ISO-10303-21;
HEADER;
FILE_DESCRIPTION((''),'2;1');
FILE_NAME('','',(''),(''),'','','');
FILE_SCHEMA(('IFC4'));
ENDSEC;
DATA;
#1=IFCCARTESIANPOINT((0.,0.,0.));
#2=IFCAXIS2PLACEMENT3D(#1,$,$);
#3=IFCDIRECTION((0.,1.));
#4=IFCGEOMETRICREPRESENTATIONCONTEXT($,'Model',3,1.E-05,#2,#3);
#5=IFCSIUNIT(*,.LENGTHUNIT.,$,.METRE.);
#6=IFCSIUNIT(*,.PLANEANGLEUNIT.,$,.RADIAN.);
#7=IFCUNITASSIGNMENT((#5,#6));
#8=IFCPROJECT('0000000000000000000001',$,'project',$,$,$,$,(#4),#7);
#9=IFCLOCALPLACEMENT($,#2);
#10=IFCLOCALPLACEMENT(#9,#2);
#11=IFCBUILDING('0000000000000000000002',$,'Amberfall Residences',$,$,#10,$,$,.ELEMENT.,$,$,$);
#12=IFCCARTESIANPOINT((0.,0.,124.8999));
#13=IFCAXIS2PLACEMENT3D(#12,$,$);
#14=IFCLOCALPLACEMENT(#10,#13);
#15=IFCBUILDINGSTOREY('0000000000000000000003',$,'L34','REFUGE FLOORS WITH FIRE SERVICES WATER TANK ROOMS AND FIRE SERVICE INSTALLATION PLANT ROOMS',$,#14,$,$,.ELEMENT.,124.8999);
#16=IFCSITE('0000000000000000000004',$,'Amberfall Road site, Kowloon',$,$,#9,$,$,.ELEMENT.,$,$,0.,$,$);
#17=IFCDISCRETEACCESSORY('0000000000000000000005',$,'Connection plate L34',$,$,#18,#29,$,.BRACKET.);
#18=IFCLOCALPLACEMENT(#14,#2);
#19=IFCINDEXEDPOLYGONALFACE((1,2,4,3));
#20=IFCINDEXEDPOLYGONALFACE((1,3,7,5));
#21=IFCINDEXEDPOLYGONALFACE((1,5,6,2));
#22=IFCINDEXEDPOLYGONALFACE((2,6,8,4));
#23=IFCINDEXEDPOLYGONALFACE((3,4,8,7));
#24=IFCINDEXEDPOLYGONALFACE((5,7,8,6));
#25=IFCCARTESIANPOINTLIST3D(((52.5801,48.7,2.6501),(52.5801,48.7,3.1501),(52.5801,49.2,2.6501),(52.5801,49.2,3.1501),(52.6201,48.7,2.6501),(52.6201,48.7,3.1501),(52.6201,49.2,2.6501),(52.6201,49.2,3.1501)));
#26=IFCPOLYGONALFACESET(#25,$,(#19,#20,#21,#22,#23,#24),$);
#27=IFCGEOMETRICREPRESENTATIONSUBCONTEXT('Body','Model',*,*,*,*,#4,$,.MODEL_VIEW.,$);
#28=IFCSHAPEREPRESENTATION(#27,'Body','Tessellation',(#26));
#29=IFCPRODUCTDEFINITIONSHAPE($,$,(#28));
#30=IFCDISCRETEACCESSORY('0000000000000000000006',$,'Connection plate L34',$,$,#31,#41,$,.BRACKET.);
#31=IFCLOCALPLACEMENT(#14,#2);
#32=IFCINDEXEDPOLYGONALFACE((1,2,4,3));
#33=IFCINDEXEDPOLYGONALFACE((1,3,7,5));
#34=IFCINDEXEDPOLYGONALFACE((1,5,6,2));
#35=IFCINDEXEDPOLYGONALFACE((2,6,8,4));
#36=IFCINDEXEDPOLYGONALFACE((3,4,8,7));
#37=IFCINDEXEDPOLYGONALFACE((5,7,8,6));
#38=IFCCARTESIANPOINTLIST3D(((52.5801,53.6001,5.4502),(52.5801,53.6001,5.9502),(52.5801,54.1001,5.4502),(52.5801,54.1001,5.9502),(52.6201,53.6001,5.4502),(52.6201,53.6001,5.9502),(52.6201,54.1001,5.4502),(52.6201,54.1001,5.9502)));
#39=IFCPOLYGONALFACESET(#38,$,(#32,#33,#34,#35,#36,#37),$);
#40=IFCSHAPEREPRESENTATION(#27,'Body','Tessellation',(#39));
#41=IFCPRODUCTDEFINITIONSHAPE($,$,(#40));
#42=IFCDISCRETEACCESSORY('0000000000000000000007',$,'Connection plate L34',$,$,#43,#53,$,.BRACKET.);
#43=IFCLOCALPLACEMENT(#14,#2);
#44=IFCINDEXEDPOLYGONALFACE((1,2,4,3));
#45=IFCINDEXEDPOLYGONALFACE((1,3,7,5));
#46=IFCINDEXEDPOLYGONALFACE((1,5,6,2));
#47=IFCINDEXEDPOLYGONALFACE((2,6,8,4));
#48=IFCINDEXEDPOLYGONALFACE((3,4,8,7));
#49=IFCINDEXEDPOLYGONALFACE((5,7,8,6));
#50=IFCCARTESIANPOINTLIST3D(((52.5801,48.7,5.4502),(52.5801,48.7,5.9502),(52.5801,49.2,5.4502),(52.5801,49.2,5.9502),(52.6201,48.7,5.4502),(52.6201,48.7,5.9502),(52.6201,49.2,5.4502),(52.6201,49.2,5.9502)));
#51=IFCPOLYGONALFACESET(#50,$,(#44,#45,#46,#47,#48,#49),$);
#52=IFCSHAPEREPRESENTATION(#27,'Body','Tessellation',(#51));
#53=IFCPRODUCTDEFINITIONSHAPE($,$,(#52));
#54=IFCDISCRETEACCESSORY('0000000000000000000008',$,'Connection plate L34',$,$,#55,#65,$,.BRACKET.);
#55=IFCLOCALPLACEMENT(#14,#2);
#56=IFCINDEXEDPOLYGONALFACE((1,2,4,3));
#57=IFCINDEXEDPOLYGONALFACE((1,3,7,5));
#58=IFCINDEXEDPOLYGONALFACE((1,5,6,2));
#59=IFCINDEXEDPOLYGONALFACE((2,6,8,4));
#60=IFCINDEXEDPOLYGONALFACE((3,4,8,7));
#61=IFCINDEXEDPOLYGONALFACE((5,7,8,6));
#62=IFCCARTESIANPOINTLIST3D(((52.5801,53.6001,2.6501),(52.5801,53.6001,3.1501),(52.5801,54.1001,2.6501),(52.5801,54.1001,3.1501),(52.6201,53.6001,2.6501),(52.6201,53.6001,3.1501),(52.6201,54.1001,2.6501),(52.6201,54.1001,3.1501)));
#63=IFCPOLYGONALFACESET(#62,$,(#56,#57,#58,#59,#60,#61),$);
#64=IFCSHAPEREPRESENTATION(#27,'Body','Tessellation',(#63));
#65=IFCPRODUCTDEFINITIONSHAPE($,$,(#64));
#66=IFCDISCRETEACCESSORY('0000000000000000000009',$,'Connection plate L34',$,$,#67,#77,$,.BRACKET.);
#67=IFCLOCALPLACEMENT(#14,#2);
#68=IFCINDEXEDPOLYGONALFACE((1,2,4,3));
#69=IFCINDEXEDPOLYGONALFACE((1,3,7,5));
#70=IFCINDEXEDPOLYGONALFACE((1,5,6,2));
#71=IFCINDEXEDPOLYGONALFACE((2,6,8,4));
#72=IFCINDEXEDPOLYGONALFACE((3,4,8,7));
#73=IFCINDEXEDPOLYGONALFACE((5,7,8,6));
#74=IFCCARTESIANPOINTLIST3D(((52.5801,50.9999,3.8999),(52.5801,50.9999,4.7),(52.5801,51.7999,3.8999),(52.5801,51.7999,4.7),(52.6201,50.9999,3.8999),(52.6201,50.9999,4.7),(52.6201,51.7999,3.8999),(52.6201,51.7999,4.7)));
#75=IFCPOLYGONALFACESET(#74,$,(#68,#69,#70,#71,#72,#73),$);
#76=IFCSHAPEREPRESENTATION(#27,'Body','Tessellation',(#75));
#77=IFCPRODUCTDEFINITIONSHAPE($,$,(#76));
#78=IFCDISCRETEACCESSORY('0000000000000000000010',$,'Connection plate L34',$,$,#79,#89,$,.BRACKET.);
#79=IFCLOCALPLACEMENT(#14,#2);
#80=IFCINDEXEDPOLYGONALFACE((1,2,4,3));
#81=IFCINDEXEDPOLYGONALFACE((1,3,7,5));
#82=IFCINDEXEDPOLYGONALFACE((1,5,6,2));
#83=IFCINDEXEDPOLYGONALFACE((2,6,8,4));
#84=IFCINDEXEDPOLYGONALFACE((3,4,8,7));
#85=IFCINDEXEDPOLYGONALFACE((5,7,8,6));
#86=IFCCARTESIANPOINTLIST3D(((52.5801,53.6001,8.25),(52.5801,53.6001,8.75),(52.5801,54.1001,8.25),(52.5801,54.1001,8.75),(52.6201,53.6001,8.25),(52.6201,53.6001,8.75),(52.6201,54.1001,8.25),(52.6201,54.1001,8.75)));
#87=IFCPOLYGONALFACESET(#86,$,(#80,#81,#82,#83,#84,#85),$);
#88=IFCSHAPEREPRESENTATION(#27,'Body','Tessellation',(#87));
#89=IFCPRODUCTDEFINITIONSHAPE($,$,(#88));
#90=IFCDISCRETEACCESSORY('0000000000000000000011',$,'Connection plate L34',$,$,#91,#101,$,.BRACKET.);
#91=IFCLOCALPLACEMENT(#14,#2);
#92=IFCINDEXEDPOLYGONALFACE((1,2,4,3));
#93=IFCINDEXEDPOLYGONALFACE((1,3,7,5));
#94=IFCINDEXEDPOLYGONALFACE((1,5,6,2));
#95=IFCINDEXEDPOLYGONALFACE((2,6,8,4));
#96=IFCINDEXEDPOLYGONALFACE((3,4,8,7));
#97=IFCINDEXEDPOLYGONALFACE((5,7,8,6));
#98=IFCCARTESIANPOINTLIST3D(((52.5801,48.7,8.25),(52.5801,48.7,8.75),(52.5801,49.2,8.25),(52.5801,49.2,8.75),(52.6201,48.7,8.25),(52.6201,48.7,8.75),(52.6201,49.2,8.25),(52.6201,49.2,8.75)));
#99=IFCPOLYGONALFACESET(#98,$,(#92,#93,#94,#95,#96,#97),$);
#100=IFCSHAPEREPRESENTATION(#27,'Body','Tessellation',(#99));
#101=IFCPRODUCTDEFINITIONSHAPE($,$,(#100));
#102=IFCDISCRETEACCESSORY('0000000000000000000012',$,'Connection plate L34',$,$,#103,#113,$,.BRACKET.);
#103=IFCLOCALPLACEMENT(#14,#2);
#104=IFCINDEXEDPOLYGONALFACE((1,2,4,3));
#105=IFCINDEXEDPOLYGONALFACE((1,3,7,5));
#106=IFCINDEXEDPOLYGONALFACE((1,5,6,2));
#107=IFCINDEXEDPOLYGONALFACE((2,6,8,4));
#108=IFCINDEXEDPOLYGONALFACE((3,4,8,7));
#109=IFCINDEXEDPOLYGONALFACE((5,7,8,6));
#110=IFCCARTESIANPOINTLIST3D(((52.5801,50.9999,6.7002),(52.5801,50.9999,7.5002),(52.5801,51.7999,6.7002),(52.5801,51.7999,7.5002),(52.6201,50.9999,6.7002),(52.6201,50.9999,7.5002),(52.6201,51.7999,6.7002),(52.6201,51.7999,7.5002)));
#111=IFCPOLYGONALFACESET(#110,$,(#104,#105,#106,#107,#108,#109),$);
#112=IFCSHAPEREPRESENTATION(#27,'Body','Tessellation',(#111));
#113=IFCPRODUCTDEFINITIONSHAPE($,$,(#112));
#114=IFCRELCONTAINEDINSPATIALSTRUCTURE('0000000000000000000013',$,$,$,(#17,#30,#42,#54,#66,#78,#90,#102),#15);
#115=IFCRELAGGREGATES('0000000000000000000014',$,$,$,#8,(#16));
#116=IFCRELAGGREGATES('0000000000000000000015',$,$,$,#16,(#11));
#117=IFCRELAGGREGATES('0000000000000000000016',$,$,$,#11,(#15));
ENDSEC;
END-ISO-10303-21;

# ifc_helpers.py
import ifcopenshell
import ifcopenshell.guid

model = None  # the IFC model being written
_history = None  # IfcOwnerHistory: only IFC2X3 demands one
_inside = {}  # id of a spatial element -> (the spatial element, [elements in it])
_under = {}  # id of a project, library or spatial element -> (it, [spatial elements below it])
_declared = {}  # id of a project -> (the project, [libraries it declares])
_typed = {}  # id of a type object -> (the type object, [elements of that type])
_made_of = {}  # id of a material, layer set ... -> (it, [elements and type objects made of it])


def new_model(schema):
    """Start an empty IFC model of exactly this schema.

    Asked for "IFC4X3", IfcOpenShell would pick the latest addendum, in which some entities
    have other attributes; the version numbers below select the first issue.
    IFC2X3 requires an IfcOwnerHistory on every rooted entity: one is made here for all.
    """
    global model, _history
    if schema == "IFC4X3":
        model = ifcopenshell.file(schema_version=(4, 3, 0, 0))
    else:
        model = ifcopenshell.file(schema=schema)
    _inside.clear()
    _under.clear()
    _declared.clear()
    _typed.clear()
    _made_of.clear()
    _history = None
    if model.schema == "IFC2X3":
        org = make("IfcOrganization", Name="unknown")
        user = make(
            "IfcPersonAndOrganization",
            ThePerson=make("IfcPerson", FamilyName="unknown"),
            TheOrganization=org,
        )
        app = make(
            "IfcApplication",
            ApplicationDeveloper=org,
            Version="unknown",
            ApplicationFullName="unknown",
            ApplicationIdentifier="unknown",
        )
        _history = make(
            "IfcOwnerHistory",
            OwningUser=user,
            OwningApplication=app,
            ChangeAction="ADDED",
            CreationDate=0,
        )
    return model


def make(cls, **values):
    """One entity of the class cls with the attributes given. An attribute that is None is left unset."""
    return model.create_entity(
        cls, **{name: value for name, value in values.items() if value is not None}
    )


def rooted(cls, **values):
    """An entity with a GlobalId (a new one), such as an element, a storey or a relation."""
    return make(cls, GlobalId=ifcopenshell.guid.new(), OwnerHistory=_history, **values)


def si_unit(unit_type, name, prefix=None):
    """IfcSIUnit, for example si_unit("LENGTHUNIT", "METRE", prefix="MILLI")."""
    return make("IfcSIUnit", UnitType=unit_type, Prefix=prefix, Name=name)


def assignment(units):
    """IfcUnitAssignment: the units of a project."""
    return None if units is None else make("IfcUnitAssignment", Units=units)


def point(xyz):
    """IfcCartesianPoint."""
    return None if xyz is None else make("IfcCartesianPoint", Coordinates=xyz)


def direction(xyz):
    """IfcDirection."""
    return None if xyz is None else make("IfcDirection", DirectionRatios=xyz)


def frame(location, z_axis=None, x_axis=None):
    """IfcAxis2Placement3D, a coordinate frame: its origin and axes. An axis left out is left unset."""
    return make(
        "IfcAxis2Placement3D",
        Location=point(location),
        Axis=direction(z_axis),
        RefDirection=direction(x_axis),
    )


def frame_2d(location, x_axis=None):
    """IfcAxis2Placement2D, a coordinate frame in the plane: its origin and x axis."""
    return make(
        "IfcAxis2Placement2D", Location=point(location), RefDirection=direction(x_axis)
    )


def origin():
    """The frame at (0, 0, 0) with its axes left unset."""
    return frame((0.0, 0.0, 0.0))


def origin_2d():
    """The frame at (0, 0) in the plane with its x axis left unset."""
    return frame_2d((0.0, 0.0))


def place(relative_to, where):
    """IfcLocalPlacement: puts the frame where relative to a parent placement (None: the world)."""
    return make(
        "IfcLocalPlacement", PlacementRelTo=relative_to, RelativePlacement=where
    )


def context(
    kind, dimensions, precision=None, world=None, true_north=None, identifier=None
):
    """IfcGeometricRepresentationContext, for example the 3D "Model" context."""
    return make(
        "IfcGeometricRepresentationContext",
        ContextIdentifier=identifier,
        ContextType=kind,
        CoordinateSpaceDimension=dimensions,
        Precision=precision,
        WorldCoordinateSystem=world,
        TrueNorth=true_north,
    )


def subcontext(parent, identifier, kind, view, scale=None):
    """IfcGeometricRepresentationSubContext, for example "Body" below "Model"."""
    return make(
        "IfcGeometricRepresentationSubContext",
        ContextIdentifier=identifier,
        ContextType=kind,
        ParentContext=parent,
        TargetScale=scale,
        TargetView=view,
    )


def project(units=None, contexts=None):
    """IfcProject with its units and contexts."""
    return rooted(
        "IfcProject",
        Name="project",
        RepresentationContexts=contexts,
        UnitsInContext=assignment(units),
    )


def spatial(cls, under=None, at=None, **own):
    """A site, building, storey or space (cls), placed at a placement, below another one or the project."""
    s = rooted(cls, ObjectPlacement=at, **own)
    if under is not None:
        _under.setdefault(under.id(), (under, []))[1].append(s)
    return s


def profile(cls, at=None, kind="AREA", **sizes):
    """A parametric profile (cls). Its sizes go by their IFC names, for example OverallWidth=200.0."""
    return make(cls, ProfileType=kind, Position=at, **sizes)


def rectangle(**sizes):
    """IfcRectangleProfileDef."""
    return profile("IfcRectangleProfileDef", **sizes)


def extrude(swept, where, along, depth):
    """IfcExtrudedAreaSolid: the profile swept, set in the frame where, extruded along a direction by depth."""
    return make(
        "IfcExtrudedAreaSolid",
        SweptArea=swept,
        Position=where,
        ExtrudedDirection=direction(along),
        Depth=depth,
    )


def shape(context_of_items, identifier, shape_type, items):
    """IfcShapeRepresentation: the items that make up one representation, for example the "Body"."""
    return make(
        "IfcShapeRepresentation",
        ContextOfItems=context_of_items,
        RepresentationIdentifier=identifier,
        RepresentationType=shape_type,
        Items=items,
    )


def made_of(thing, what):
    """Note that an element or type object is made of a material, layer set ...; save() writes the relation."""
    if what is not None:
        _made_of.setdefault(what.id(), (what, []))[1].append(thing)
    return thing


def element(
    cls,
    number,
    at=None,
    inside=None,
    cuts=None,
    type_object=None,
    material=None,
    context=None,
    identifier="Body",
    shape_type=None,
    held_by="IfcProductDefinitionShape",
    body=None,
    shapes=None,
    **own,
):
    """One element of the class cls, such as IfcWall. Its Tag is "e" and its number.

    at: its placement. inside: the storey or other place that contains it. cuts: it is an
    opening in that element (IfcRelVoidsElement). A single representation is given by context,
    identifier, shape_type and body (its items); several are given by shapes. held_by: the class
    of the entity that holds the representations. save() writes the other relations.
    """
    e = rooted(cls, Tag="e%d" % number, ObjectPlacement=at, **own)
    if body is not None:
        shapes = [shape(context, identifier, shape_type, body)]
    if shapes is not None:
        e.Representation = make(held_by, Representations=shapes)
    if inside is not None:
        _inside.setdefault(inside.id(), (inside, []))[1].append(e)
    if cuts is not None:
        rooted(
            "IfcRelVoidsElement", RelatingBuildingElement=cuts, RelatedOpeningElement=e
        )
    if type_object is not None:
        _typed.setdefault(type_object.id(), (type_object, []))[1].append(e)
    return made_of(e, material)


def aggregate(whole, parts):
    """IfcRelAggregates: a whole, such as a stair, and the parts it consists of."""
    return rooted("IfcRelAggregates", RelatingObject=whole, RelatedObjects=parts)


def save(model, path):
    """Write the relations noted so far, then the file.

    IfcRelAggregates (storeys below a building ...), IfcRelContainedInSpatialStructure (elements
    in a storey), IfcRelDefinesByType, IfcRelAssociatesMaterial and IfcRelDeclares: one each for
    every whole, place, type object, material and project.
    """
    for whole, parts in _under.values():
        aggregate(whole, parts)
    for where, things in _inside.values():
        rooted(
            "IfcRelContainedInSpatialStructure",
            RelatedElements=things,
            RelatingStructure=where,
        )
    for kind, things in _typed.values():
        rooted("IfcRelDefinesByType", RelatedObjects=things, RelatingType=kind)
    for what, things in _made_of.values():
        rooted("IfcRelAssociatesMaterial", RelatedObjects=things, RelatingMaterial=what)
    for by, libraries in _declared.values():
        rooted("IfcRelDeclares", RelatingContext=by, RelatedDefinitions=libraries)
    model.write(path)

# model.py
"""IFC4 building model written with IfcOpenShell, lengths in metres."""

from ifc_helpers import new_model, si_unit, direction, frame, origin, origin_2d, place, context, subcontext, project, spatial, rectangle, extrude, element, save


model = new_model("IFC4")

# Units and contexts
model_context = context("Model", 3, precision=1e-05, world=origin(), true_north=direction((0.0, 1.0)))
body_context = subcontext(model_context, "Body", "Model", "MODEL_VIEW")
ifc_project = project(units=[si_unit("LENGTHUNIT", "METRE"), si_unit("PLANEANGLEUNIT", "RADIAN")], contexts=[model_context])

# Site, building, storey
site_placement = place(None, origin())
site = spatial("IfcSite", under=ifc_project, at=site_placement, Name="Amberfall Road site, Kowloon", CompositionType="ELEMENT", RefElevation=0.0)
building_placement = place(site_placement, origin())
building = spatial("IfcBuilding", under=site, at=building_placement, Name="Amberfall Residences", CompositionType="ELEMENT")
storey_placement = place(building_placement, frame((0.0, 0.0, 124.8999)))
storey = spatial("IfcBuildingStorey", under=building, at=storey_placement, Name="L34", Description="REFUGE FLOORS WITH FIRE SERVICES WATER TANK ROOMS AND FIRE SERVICE INSTALLATION PLANT ROOMS", CompositionType="ELEMENT", Elevation=124.8999)

# Discrete accessories
for number, where, z_axis, x_axis, name in (
    (1, (52.6001, 48.95, 2.6501), (0.0, 0.0, 1.0), (0.0, 1.0, 0.0), "Connection plate L34"),
    (2, (52.6001, 53.8501, 5.4502), (0.0, 0.0, 1.0), (0.0, 1.0, 0.0), "Connection plate L34"),
    (3, (52.6001, 48.95, 5.4502), (0.0, 0.0, 1.0), (0.0, 1.0, 0.0), "Connection plate L34"),
    (4, (52.6001, 53.8501, 2.6501), (0.0, 0.0, 1.0), (0.0, 1.0, 0.0), "Connection plate L34"),
):
    element("IfcDiscreteAccessory", number, at=place(storey_placement, frame(where, z_axis=z_axis, x_axis=x_axis)), inside=storey, Name=name, PredefinedType="BRACKET", context=body_context, shape_type="SweptSolid", body=[
        extrude(rectangle(XDim=0.5, YDim=0.04, at=origin_2d()), origin(), (0.0, 0.0, 1.0), 0.5),
    ])
discrete_accessory_1_placement = place(storey_placement, frame((52.6001, 51.3999, 3.8999), z_axis=(0.0, 0.0, 1.0), x_axis=(0.0, 1.0, 0.0)))
element("IfcDiscreteAccessory", 5, at=discrete_accessory_1_placement, inside=storey, Name="Connection plate L34", PredefinedType="BRACKET", context=body_context, shape_type="SweptSolid", body=[
    extrude(rectangle(XDim=0.8, YDim=0.04, at=origin_2d()), origin(), (0.0, 0.0, 1.0), 0.8),
])
for number, where, z_axis, x_axis, name in (
    (6, (52.6001, 53.8501, 8.25), (0.0, 0.0, 1.0), (0.0, 1.0, 0.0), "Connection plate L34"),
    (7, (52.6001, 48.95, 8.25), (0.0, 0.0, 1.0), (0.0, 1.0, 0.0), "Connection plate L34"),
):
    element("IfcDiscreteAccessory", number, at=place(storey_placement, frame(where, z_axis=z_axis, x_axis=x_axis)), inside=storey, Name=name, PredefinedType="BRACKET", context=body_context, shape_type="SweptSolid", body=[
        extrude(rectangle(XDim=0.5, YDim=0.04, at=origin_2d()), origin(), (0.0, 0.0, 1.0), 0.5),
    ])
discrete_accessory_2_placement = place(storey_placement, frame((52.6001, 51.3999, 6.7002), z_axis=(0.0, 0.0, 1.0), x_axis=(0.0, 1.0, 0.0)))
element("IfcDiscreteAccessory", 8, at=discrete_accessory_2_placement, inside=storey, Name="Connection plate L34", PredefinedType="BRACKET", context=body_context, shape_type="SweptSolid", body=[
    extrude(rectangle(XDim=0.8, YDim=0.04, at=origin_2d()), origin(), (0.0, 0.0, 1.0), 0.8),
])

save(model, "model.ifc")
